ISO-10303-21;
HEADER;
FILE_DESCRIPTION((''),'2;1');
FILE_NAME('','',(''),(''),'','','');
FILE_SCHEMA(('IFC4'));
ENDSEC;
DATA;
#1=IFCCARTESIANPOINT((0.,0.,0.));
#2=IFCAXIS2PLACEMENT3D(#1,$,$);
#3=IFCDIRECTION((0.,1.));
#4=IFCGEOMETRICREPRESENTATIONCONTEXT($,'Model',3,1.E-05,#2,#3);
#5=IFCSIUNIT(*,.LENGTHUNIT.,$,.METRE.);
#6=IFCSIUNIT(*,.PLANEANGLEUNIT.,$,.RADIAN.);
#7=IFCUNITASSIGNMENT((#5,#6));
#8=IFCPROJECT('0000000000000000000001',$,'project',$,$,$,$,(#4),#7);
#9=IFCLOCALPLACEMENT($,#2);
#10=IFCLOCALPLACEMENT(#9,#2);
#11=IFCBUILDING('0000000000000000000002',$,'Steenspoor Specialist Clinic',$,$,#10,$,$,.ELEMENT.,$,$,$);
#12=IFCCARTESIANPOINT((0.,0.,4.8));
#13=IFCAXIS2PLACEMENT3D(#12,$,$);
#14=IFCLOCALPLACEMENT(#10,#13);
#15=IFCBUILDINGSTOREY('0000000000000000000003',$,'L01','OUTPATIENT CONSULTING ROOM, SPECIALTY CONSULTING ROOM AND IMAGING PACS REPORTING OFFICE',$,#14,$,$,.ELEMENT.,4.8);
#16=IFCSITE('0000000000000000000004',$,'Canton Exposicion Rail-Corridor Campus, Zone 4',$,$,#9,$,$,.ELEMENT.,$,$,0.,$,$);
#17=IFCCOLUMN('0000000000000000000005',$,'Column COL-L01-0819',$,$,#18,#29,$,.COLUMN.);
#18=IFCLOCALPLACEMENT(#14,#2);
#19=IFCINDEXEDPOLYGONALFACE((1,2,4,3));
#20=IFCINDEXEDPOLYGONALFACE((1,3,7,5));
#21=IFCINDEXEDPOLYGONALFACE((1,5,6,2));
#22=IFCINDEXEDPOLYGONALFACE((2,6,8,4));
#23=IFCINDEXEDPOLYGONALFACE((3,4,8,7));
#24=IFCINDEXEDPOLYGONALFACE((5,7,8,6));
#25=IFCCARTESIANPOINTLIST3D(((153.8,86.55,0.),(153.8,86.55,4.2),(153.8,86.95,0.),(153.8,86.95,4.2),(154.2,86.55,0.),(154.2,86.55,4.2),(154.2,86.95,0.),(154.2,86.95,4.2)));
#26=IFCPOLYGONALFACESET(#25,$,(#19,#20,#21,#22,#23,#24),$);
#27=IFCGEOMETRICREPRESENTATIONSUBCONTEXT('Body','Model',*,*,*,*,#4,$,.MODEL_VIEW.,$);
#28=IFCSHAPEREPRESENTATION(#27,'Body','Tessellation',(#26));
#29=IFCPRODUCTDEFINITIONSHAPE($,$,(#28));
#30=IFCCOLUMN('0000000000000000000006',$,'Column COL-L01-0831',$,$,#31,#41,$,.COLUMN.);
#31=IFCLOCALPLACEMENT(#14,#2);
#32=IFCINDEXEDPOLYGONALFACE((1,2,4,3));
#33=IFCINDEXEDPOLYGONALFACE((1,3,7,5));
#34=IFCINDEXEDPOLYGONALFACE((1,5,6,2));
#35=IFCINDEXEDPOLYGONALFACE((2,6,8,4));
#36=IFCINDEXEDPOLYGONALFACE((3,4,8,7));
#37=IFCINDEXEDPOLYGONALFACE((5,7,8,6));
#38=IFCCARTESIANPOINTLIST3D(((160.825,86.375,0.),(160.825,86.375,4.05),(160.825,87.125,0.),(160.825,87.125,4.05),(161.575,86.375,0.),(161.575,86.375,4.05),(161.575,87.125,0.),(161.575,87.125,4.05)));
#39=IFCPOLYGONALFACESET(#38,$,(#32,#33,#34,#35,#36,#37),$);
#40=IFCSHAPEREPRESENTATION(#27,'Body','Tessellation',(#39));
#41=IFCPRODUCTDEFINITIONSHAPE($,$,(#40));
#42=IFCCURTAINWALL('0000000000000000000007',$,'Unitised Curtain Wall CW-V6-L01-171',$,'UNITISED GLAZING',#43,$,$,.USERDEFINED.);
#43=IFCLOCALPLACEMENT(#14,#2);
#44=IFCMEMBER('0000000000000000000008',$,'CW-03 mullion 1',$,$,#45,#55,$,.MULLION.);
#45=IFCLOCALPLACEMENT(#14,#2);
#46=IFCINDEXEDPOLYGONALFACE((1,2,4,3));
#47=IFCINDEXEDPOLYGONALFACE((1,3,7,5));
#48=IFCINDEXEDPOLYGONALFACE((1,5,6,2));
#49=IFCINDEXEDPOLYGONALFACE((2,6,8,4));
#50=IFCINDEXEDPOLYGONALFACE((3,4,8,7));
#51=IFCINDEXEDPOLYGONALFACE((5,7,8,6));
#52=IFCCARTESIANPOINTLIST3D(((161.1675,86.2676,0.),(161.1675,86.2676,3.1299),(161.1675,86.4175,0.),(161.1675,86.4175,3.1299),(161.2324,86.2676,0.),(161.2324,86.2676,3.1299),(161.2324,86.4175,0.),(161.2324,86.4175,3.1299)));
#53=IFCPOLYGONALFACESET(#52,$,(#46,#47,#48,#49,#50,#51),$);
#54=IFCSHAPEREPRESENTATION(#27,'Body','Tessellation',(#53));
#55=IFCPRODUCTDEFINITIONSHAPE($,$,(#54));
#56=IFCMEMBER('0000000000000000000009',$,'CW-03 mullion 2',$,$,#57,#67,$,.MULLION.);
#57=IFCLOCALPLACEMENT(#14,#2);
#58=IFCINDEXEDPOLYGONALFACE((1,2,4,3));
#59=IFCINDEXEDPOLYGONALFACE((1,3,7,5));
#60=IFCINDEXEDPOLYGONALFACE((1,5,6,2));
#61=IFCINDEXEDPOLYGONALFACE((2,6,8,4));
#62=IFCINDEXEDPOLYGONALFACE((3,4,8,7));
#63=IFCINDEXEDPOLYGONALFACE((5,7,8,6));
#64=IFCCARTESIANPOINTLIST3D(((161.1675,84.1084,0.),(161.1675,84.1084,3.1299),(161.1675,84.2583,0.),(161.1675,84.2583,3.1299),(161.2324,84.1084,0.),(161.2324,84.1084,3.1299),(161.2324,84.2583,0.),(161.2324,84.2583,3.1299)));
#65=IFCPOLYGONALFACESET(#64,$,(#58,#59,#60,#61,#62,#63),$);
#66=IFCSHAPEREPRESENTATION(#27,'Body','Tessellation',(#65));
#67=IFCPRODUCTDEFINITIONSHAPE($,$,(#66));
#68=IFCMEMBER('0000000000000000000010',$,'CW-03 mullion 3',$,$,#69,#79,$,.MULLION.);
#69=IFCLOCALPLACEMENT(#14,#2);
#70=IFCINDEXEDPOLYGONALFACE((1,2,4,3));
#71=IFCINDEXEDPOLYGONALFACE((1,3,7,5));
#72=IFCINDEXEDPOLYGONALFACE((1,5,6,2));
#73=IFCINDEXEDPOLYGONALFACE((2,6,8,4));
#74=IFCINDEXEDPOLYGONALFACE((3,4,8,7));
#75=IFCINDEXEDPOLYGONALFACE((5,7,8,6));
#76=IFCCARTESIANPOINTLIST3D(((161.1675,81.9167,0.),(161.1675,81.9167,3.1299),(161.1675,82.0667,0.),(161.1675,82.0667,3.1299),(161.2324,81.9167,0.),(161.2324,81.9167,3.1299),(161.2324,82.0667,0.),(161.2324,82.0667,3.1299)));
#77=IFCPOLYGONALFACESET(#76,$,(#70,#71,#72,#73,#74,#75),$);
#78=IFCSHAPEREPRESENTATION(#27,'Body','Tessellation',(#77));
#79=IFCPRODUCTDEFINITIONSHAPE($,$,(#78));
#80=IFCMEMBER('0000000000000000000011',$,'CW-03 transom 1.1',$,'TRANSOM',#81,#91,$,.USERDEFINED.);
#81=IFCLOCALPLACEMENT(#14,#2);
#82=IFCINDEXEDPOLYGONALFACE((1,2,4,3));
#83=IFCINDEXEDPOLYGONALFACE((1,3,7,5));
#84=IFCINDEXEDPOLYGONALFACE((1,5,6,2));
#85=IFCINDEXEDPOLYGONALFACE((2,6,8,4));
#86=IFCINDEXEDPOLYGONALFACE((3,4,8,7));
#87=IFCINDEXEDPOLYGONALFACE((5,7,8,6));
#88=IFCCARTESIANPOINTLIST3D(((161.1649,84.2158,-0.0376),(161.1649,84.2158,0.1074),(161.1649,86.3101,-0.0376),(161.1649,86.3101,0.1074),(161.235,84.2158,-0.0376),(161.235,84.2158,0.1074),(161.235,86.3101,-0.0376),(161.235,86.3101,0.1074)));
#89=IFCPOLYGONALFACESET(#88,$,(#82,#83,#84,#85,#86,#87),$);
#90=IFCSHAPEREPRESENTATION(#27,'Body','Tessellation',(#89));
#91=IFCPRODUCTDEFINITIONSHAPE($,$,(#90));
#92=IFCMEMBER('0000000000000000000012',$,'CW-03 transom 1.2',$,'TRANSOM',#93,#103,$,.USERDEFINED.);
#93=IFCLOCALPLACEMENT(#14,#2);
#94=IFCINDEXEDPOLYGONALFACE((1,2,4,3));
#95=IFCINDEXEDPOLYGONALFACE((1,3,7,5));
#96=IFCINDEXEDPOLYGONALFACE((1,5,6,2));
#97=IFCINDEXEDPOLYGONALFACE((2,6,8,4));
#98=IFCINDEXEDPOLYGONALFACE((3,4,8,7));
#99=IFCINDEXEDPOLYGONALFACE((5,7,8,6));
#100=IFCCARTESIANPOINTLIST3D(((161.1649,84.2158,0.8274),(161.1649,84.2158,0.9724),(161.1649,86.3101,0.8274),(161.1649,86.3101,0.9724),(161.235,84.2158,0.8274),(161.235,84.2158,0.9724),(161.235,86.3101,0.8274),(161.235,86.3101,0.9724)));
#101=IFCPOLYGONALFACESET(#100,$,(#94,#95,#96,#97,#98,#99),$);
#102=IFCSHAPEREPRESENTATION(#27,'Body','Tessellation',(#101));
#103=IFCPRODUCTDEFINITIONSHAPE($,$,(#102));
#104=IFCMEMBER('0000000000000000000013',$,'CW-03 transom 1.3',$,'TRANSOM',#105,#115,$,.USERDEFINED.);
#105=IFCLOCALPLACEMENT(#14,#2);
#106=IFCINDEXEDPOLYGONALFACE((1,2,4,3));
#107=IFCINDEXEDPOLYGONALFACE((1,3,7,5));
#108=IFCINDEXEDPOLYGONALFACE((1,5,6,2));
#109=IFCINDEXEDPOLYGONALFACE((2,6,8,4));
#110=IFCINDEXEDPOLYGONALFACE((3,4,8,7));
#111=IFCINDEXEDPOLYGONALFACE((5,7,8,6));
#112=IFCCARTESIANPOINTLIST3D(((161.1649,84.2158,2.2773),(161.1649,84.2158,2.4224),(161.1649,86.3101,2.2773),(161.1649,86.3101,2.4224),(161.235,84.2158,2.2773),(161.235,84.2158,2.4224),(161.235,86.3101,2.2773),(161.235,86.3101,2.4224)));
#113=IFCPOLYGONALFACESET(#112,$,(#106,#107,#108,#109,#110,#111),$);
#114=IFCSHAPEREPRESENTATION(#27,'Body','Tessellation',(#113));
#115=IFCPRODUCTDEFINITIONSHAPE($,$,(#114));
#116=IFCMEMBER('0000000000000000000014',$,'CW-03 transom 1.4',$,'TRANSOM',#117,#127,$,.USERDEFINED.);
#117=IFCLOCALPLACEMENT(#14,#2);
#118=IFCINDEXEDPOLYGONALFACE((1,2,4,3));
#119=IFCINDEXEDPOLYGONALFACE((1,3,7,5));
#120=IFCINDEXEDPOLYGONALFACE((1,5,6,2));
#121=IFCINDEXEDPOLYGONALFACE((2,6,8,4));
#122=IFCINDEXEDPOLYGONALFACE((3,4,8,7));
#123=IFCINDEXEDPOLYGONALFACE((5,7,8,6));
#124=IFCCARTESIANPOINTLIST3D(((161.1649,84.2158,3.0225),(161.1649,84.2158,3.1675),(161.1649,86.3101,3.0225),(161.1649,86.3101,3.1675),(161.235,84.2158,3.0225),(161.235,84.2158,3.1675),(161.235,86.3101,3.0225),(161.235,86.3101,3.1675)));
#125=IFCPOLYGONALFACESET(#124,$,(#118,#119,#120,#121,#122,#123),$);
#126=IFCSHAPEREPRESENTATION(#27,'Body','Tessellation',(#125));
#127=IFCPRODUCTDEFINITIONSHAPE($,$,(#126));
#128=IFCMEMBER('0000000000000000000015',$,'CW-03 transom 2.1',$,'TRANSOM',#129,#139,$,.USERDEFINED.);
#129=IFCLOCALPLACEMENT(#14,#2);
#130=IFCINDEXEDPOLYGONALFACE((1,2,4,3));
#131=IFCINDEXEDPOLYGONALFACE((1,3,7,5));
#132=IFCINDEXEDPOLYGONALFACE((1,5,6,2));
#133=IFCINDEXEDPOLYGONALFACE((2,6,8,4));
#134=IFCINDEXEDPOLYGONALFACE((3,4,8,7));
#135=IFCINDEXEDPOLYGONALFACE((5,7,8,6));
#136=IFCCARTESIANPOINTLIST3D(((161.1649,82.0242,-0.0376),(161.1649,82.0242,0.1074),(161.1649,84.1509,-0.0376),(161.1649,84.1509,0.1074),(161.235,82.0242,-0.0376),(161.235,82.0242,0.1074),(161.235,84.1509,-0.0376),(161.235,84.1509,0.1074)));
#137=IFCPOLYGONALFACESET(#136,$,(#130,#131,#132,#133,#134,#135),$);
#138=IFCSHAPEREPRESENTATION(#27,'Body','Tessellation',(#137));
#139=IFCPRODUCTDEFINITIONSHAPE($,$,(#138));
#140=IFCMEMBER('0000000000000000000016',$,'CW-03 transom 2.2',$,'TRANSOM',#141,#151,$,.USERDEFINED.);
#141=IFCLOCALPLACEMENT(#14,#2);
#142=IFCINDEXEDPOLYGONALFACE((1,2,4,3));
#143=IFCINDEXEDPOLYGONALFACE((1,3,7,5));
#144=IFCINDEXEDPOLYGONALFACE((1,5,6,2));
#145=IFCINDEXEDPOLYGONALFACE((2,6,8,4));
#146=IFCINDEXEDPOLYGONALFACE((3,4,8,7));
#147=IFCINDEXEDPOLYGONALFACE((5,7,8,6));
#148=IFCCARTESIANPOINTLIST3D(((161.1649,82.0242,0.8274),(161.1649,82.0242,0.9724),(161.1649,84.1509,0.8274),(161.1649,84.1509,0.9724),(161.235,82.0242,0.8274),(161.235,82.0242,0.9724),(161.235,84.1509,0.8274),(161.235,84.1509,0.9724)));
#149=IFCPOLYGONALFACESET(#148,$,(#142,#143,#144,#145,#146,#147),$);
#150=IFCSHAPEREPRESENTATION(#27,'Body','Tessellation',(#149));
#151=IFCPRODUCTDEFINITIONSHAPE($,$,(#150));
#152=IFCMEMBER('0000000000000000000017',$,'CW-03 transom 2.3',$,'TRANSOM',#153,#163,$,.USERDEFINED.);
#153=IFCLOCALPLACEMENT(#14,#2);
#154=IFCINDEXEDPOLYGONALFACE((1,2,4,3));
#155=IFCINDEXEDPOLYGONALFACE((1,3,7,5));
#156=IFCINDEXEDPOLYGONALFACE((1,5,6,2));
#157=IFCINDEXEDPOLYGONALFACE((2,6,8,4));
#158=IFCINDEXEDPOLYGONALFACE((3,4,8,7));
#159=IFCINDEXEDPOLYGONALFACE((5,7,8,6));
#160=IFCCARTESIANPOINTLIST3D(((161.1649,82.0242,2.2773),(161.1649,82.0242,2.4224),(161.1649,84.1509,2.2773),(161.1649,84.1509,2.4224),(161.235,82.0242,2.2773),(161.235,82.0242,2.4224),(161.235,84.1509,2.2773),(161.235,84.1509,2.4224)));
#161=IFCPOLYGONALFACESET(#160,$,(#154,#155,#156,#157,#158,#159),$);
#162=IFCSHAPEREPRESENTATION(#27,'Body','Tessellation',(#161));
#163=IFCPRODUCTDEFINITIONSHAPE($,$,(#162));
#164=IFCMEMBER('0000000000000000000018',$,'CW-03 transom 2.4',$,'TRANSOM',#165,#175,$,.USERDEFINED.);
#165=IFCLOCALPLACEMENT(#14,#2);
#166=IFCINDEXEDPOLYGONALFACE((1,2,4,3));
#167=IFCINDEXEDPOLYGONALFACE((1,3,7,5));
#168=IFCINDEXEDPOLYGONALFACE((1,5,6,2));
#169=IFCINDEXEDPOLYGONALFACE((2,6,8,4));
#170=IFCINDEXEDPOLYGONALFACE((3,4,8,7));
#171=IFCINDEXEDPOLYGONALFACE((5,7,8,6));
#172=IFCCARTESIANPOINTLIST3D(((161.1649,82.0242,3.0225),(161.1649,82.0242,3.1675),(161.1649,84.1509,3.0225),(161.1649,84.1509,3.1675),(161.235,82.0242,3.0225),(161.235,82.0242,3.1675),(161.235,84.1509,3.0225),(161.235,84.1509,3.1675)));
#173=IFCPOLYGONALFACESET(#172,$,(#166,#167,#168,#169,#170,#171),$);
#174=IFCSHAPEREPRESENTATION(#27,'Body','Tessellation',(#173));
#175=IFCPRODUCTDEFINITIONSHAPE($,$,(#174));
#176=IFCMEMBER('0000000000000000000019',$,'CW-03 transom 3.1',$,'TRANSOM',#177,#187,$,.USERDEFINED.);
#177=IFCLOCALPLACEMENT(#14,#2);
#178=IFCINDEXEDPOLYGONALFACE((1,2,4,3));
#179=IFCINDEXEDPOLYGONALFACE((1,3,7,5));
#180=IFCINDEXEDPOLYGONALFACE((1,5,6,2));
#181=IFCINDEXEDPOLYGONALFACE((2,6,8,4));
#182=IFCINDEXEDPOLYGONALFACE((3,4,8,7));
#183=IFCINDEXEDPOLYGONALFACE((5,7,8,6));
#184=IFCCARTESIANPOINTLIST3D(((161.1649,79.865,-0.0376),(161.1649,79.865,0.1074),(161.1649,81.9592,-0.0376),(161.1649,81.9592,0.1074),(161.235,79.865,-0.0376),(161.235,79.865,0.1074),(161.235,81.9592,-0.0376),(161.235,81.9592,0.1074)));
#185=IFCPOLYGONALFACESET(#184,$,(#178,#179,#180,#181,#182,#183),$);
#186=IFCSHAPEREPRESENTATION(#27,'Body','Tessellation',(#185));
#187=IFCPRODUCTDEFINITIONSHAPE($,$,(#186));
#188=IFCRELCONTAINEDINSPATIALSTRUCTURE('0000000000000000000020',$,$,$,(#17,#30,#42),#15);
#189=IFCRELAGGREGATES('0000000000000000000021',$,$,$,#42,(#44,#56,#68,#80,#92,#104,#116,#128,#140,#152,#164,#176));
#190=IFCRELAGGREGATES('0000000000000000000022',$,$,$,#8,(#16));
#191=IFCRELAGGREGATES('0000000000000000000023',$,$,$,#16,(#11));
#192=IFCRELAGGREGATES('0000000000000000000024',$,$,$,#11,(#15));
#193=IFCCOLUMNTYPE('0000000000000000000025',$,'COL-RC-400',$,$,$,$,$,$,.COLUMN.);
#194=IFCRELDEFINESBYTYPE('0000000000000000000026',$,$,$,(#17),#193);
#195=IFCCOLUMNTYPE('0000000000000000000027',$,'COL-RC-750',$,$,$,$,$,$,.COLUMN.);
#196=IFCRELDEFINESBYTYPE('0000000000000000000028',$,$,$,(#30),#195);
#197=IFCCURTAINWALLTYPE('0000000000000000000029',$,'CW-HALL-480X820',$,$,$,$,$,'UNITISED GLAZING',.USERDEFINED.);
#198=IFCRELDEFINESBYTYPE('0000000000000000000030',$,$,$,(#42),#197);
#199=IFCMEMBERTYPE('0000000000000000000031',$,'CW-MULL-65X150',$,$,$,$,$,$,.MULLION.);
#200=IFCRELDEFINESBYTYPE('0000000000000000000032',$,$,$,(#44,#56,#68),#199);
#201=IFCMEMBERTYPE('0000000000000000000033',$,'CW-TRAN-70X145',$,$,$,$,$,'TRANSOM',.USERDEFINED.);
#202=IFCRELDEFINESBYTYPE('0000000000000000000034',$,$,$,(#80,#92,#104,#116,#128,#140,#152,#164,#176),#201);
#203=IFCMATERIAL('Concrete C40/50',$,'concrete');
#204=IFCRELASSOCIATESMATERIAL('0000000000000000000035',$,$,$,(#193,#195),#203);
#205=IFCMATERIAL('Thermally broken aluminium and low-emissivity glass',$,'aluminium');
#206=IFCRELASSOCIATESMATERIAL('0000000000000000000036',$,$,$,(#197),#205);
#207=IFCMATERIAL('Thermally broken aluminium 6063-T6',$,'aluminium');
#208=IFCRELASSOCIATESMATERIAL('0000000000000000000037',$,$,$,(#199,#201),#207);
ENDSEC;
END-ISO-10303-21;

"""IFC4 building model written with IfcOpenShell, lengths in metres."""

from ifc_helpers import new_model, si_unit, direction, frame, origin, origin_2d, place, context, subcontext, project, spatial, rectangle, extrude, material, material_profile, profile_set, type_object, element, aggregate, save


model = new_model("IFC4")

# Units and contexts
model_context = context("Model", 3, precision=1e-05, world=origin(), true_north=direction((0.0, 1.0)))
body_context = subcontext(model_context, "Body", "Model", "MODEL_VIEW")
ifc_project = project(units=[si_unit("LENGTHUNIT", "METRE"), si_unit("PLANEANGLEUNIT", "RADIAN")], contexts=[model_context])

# Site, building, storey
site_placement = place(None, origin())
site = spatial("IfcSite", under=ifc_project, at=site_placement, Name="Canton Exposicion Rail-Corridor Campus, Zone 4", CompositionType="ELEMENT", RefElevation=0.0)
building_placement = place(site_placement, origin())
building = spatial("IfcBuilding", under=site, at=building_placement, Name="Steenspoor Specialist Clinic", CompositionType="ELEMENT")
storey_placement = place(building_placement, frame((0.0, 0.0, 4.8)))
storey = spatial("IfcBuildingStorey", under=building, at=storey_placement, Name="L01", Description="OUTPATIENT CONSULTING ROOM, SPECIALTY CONSULTING ROOM AND IMAGING PACS REPORTING OFFICE", CompositionType="ELEMENT", Elevation=4.8)

# Columns
ifc_material_1 = material(Name="Concrete C40/50", Category="concrete")
ifc_material_profile_1 = material_profile(ifc_material_1, rectangle(XDim=0.3999, YDim=0.3999, at=origin_2d()), Name="RC-COL-400X400")
ifc_profile_set_1 = profile_set([ifc_material_profile_1], Name="Concrete C40/50")
column_type_1 = type_object("IfcColumnType", Name="COL-RC-400", PredefinedType="COLUMN", material=ifc_profile_set_1)
column_1_placement = place(storey_placement, frame((154.0, 86.75, 0.0), z_axis=(0.0, 0.0, 1.0), x_axis=(1.0, 0.0, 0.0)))
element("IfcColumn", 1, at=column_1_placement, inside=storey, type_object=column_type_1, Name="Column COL-L01-0819", PredefinedType="COLUMN", context=body_context, shape_type="SweptSolid", body=[
    extrude(rectangle(XDim=0.3999, YDim=0.3999, at=origin_2d()), origin(), (0.0, 0.0, 1.0), 4.2),
])
ifc_material_profile_2 = material_profile(ifc_material_1, rectangle(XDim=0.75, YDim=0.75, at=origin_2d()), Name="RC-COL-750X750")
ifc_profile_set_2 = profile_set([ifc_material_profile_2], Name="Concrete C40/50")
column_type_2 = type_object("IfcColumnType", Name="COL-RC-750", PredefinedType="COLUMN", material=ifc_profile_set_2)
column_2_placement = place(storey_placement, frame((161.2, 86.75, 0.0), z_axis=(0.0, 0.0, 1.0), x_axis=(1.0, 0.0, 0.0)))
element("IfcColumn", 2, at=column_2_placement, inside=storey, type_object=column_type_2, Name="Column COL-L01-0831", PredefinedType="COLUMN", context=body_context, shape_type="SweptSolid", body=[
    extrude(rectangle(XDim=0.75, YDim=0.75, at=origin_2d()), origin(), (0.0, 0.0, 1.0), 4.05),
])

# Curtain wall, members
ifc_material_2 = material(Name="Thermally broken aluminium and low-emissivity glass", Category="aluminium")
curtain_wall_type = type_object("IfcCurtainWallType", Name="CW-HALL-480X820", ElementType="UNITISED GLAZING", PredefinedType="USERDEFINED", material=ifc_material_2)
curtain_wall_placement = place(storey_placement, origin())
curtain_wall = element("IfcCurtainWall", 3, at=curtain_wall_placement, inside=storey, type_object=curtain_wall_type, Name="Unitised Curtain Wall CW-V6-L01-171", ObjectType="UNITISED GLAZING", PredefinedType="USERDEFINED")
ifc_material_3 = material(Name="Thermally broken aluminium 6063-T6", Category="aluminium")
ifc_material_profile_3 = material_profile(ifc_material_3, rectangle(XDim=0.0649, YDim=0.1499, at=origin_2d()), Name="CWM-65X150")
ifc_profile_set_3 = profile_set([ifc_material_profile_3], Name="Thermally broken aluminium 6063-T6")
member_type_1 = type_object("IfcMemberType", Name="CW-MULL-65X150", PredefinedType="MULLION", material=ifc_profile_set_3)
member_1_placement = place(storey_placement, frame((161.2, 86.3425, 0.0), z_axis=(0.0, 0.0, 1.0), x_axis=(1.0, 0.0, 0.0)))
member_1 = element("IfcMember", 4, at=member_1_placement, type_object=member_type_1, Name="CW-03 mullion 1", PredefinedType="MULLION", context=body_context, shape_type="SweptSolid", body=[
    extrude(rectangle(XDim=0.0649, YDim=0.1499, at=origin_2d()), origin(), (0.0, 0.0, 1.0), 3.1299),
])
member_2_placement = place(storey_placement, frame((161.2, 84.1833, 0.0), z_axis=(0.0, 0.0, 1.0), x_axis=(1.0, 0.0, 0.0)))
member_2 = element("IfcMember", 5, at=member_2_placement, type_object=member_type_1, Name="CW-03 mullion 2", PredefinedType="MULLION", context=body_context, shape_type="SweptSolid", body=[
    extrude(rectangle(XDim=0.0649, YDim=0.1499, at=origin_2d()), origin(), (0.0, 0.0, 1.0), 3.1299),
])
member_3_placement = place(storey_placement, frame((161.2, 81.9917, 0.0), z_axis=(0.0, 0.0, 1.0), x_axis=(1.0, 0.0, 0.0)))
member_3 = element("IfcMember", 6, at=member_3_placement, type_object=member_type_1, Name="CW-03 mullion 3", PredefinedType="MULLION", context=body_context, shape_type="SweptSolid", body=[
    extrude(rectangle(XDim=0.0649, YDim=0.1499, at=origin_2d()), origin(), (0.0, 0.0, 1.0), 3.1299),
])
ifc_material_profile_4 = material_profile(ifc_material_3, rectangle(XDim=0.0701, YDim=0.145, at=origin_2d()), Name="CWT-70X145")
ifc_profile_set_4 = profile_set([ifc_material_profile_4], Name="Thermally broken aluminium 6063-T6")
member_type_2 = type_object("IfcMemberType", Name="CW-TRAN-70X145", ElementType="TRANSOM", PredefinedType="USERDEFINED", material=ifc_profile_set_4)
member_4_placement = place(storey_placement, frame((161.2, 86.3101, 0.0349), z_axis=(0.0, -1.0, 0.0), x_axis=(1.0, 0.0, 0.0)))
member_4 = element("IfcMember", 7, at=member_4_placement, type_object=member_type_2, Name="CW-03 transom 1.1", ObjectType="TRANSOM", PredefinedType="USERDEFINED", context=body_context, shape_type="SweptSolid", body=[
    extrude(rectangle(XDim=0.0701, YDim=0.145, at=origin_2d()), origin(), (0.0, 0.0, 1.0), 2.0942),
])
member_5_placement = place(storey_placement, frame((161.2, 86.3101, 0.8999), z_axis=(0.0, -1.0, 0.0), x_axis=(1.0, 0.0, 0.0)))
member_5 = element("IfcMember", 8, at=member_5_placement, type_object=member_type_2, Name="CW-03 transom 1.2", ObjectType="TRANSOM", PredefinedType="USERDEFINED", context=body_context, shape_type="SweptSolid", body=[
    extrude(rectangle(XDim=0.0701, YDim=0.145, at=origin_2d()), origin(), (0.0, 0.0, 1.0), 2.0942),
])
member_6_placement = place(storey_placement, frame((161.2, 86.3101, 2.3499), z_axis=(0.0, -1.0, 0.0), x_axis=(1.0, 0.0, 0.0)))
member_6 = element("IfcMember", 9, at=member_6_placement, type_object=member_type_2, Name="CW-03 transom 1.3", ObjectType="TRANSOM", PredefinedType="USERDEFINED", context=body_context, shape_type="SweptSolid", body=[
    extrude(rectangle(XDim=0.0701, YDim=0.145, at=origin_2d()), origin(), (0.0, 0.0, 1.0), 2.0942),
])
member_7_placement = place(storey_placement, frame((161.2, 86.3101, 3.095), z_axis=(0.0, -1.0, 0.0), x_axis=(1.0, 0.0, 0.0)))
member_7 = element("IfcMember", 10, at=member_7_placement, type_object=member_type_2, Name="CW-03 transom 1.4", ObjectType="TRANSOM", PredefinedType="USERDEFINED", context=body_context, shape_type="SweptSolid", body=[
    extrude(rectangle(XDim=0.0701, YDim=0.145, at=origin_2d()), origin(), (0.0, 0.0, 1.0), 2.0942),
])
member_8_placement = place(storey_placement, frame((161.2, 84.1509, 0.0349), z_axis=(0.0, -1.0, 0.0), x_axis=(1.0, 0.0, 0.0)))
member_8 = element("IfcMember", 11, at=member_8_placement, type_object=member_type_2, Name="CW-03 transom 2.1", ObjectType="TRANSOM", PredefinedType="USERDEFINED", context=body_context, shape_type="SweptSolid", body=[
    extrude(rectangle(XDim=0.0701, YDim=0.145, at=origin_2d()), origin(), (0.0, 0.0, 1.0), 2.1267),
])
member_9_placement = place(storey_placement, frame((161.2, 84.1509, 0.8999), z_axis=(0.0, -1.0, 0.0), x_axis=(1.0, 0.0, 0.0)))
member_9 = element("IfcMember", 12, at=member_9_placement, type_object=member_type_2, Name="CW-03 transom 2.2", ObjectType="TRANSOM", PredefinedType="USERDEFINED", context=body_context, shape_type="SweptSolid", body=[
    extrude(rectangle(XDim=0.0701, YDim=0.145, at=origin_2d()), origin(), (0.0, 0.0, 1.0), 2.1267),
])
member_10_placement = place(storey_placement, frame((161.2, 84.1509, 2.3499), z_axis=(0.0, -1.0, 0.0), x_axis=(1.0, 0.0, 0.0)))
member_10 = element("IfcMember", 13, at=member_10_placement, type_object=member_type_2, Name="CW-03 transom 2.3", ObjectType="TRANSOM", PredefinedType="USERDEFINED", context=body_context, shape_type="SweptSolid", body=[
    extrude(rectangle(XDim=0.0701, YDim=0.145, at=origin_2d()), origin(), (0.0, 0.0, 1.0), 2.1267),
])
member_11_placement = place(storey_placement, frame((161.2, 84.1509, 3.095), z_axis=(0.0, -1.0, 0.0), x_axis=(1.0, 0.0, 0.0)))
member_11 = element("IfcMember", 14, at=member_11_placement, type_object=member_type_2, Name="CW-03 transom 2.4", ObjectType="TRANSOM", PredefinedType="USERDEFINED", context=body_context, shape_type="SweptSolid", body=[
    extrude(rectangle(XDim=0.0701, YDim=0.145, at=origin_2d()), origin(), (0.0, 0.0, 1.0), 2.1267),
])
member_12_placement = place(storey_placement, frame((161.2, 81.9592, 0.0349), z_axis=(0.0, -1.0, 0.0), x_axis=(1.0, 0.0, 0.0)))
member_12 = element("IfcMember", 15, at=member_12_placement, type_object=member_type_2, Name="CW-03 transom 3.1", ObjectType="TRANSOM", PredefinedType="USERDEFINED", context=body_context, shape_type="SweptSolid", body=[
    extrude(rectangle(XDim=0.0701, YDim=0.145, at=origin_2d()), origin(), (0.0, 0.0, 1.0), 2.0942),
])

aggregate(curtain_wall, [member_1, member_2, member_3, member_4, member_5, member_6, member_7, member_8, member_9, member_10, member_11, member_12])

save(model, "model.ifc")
